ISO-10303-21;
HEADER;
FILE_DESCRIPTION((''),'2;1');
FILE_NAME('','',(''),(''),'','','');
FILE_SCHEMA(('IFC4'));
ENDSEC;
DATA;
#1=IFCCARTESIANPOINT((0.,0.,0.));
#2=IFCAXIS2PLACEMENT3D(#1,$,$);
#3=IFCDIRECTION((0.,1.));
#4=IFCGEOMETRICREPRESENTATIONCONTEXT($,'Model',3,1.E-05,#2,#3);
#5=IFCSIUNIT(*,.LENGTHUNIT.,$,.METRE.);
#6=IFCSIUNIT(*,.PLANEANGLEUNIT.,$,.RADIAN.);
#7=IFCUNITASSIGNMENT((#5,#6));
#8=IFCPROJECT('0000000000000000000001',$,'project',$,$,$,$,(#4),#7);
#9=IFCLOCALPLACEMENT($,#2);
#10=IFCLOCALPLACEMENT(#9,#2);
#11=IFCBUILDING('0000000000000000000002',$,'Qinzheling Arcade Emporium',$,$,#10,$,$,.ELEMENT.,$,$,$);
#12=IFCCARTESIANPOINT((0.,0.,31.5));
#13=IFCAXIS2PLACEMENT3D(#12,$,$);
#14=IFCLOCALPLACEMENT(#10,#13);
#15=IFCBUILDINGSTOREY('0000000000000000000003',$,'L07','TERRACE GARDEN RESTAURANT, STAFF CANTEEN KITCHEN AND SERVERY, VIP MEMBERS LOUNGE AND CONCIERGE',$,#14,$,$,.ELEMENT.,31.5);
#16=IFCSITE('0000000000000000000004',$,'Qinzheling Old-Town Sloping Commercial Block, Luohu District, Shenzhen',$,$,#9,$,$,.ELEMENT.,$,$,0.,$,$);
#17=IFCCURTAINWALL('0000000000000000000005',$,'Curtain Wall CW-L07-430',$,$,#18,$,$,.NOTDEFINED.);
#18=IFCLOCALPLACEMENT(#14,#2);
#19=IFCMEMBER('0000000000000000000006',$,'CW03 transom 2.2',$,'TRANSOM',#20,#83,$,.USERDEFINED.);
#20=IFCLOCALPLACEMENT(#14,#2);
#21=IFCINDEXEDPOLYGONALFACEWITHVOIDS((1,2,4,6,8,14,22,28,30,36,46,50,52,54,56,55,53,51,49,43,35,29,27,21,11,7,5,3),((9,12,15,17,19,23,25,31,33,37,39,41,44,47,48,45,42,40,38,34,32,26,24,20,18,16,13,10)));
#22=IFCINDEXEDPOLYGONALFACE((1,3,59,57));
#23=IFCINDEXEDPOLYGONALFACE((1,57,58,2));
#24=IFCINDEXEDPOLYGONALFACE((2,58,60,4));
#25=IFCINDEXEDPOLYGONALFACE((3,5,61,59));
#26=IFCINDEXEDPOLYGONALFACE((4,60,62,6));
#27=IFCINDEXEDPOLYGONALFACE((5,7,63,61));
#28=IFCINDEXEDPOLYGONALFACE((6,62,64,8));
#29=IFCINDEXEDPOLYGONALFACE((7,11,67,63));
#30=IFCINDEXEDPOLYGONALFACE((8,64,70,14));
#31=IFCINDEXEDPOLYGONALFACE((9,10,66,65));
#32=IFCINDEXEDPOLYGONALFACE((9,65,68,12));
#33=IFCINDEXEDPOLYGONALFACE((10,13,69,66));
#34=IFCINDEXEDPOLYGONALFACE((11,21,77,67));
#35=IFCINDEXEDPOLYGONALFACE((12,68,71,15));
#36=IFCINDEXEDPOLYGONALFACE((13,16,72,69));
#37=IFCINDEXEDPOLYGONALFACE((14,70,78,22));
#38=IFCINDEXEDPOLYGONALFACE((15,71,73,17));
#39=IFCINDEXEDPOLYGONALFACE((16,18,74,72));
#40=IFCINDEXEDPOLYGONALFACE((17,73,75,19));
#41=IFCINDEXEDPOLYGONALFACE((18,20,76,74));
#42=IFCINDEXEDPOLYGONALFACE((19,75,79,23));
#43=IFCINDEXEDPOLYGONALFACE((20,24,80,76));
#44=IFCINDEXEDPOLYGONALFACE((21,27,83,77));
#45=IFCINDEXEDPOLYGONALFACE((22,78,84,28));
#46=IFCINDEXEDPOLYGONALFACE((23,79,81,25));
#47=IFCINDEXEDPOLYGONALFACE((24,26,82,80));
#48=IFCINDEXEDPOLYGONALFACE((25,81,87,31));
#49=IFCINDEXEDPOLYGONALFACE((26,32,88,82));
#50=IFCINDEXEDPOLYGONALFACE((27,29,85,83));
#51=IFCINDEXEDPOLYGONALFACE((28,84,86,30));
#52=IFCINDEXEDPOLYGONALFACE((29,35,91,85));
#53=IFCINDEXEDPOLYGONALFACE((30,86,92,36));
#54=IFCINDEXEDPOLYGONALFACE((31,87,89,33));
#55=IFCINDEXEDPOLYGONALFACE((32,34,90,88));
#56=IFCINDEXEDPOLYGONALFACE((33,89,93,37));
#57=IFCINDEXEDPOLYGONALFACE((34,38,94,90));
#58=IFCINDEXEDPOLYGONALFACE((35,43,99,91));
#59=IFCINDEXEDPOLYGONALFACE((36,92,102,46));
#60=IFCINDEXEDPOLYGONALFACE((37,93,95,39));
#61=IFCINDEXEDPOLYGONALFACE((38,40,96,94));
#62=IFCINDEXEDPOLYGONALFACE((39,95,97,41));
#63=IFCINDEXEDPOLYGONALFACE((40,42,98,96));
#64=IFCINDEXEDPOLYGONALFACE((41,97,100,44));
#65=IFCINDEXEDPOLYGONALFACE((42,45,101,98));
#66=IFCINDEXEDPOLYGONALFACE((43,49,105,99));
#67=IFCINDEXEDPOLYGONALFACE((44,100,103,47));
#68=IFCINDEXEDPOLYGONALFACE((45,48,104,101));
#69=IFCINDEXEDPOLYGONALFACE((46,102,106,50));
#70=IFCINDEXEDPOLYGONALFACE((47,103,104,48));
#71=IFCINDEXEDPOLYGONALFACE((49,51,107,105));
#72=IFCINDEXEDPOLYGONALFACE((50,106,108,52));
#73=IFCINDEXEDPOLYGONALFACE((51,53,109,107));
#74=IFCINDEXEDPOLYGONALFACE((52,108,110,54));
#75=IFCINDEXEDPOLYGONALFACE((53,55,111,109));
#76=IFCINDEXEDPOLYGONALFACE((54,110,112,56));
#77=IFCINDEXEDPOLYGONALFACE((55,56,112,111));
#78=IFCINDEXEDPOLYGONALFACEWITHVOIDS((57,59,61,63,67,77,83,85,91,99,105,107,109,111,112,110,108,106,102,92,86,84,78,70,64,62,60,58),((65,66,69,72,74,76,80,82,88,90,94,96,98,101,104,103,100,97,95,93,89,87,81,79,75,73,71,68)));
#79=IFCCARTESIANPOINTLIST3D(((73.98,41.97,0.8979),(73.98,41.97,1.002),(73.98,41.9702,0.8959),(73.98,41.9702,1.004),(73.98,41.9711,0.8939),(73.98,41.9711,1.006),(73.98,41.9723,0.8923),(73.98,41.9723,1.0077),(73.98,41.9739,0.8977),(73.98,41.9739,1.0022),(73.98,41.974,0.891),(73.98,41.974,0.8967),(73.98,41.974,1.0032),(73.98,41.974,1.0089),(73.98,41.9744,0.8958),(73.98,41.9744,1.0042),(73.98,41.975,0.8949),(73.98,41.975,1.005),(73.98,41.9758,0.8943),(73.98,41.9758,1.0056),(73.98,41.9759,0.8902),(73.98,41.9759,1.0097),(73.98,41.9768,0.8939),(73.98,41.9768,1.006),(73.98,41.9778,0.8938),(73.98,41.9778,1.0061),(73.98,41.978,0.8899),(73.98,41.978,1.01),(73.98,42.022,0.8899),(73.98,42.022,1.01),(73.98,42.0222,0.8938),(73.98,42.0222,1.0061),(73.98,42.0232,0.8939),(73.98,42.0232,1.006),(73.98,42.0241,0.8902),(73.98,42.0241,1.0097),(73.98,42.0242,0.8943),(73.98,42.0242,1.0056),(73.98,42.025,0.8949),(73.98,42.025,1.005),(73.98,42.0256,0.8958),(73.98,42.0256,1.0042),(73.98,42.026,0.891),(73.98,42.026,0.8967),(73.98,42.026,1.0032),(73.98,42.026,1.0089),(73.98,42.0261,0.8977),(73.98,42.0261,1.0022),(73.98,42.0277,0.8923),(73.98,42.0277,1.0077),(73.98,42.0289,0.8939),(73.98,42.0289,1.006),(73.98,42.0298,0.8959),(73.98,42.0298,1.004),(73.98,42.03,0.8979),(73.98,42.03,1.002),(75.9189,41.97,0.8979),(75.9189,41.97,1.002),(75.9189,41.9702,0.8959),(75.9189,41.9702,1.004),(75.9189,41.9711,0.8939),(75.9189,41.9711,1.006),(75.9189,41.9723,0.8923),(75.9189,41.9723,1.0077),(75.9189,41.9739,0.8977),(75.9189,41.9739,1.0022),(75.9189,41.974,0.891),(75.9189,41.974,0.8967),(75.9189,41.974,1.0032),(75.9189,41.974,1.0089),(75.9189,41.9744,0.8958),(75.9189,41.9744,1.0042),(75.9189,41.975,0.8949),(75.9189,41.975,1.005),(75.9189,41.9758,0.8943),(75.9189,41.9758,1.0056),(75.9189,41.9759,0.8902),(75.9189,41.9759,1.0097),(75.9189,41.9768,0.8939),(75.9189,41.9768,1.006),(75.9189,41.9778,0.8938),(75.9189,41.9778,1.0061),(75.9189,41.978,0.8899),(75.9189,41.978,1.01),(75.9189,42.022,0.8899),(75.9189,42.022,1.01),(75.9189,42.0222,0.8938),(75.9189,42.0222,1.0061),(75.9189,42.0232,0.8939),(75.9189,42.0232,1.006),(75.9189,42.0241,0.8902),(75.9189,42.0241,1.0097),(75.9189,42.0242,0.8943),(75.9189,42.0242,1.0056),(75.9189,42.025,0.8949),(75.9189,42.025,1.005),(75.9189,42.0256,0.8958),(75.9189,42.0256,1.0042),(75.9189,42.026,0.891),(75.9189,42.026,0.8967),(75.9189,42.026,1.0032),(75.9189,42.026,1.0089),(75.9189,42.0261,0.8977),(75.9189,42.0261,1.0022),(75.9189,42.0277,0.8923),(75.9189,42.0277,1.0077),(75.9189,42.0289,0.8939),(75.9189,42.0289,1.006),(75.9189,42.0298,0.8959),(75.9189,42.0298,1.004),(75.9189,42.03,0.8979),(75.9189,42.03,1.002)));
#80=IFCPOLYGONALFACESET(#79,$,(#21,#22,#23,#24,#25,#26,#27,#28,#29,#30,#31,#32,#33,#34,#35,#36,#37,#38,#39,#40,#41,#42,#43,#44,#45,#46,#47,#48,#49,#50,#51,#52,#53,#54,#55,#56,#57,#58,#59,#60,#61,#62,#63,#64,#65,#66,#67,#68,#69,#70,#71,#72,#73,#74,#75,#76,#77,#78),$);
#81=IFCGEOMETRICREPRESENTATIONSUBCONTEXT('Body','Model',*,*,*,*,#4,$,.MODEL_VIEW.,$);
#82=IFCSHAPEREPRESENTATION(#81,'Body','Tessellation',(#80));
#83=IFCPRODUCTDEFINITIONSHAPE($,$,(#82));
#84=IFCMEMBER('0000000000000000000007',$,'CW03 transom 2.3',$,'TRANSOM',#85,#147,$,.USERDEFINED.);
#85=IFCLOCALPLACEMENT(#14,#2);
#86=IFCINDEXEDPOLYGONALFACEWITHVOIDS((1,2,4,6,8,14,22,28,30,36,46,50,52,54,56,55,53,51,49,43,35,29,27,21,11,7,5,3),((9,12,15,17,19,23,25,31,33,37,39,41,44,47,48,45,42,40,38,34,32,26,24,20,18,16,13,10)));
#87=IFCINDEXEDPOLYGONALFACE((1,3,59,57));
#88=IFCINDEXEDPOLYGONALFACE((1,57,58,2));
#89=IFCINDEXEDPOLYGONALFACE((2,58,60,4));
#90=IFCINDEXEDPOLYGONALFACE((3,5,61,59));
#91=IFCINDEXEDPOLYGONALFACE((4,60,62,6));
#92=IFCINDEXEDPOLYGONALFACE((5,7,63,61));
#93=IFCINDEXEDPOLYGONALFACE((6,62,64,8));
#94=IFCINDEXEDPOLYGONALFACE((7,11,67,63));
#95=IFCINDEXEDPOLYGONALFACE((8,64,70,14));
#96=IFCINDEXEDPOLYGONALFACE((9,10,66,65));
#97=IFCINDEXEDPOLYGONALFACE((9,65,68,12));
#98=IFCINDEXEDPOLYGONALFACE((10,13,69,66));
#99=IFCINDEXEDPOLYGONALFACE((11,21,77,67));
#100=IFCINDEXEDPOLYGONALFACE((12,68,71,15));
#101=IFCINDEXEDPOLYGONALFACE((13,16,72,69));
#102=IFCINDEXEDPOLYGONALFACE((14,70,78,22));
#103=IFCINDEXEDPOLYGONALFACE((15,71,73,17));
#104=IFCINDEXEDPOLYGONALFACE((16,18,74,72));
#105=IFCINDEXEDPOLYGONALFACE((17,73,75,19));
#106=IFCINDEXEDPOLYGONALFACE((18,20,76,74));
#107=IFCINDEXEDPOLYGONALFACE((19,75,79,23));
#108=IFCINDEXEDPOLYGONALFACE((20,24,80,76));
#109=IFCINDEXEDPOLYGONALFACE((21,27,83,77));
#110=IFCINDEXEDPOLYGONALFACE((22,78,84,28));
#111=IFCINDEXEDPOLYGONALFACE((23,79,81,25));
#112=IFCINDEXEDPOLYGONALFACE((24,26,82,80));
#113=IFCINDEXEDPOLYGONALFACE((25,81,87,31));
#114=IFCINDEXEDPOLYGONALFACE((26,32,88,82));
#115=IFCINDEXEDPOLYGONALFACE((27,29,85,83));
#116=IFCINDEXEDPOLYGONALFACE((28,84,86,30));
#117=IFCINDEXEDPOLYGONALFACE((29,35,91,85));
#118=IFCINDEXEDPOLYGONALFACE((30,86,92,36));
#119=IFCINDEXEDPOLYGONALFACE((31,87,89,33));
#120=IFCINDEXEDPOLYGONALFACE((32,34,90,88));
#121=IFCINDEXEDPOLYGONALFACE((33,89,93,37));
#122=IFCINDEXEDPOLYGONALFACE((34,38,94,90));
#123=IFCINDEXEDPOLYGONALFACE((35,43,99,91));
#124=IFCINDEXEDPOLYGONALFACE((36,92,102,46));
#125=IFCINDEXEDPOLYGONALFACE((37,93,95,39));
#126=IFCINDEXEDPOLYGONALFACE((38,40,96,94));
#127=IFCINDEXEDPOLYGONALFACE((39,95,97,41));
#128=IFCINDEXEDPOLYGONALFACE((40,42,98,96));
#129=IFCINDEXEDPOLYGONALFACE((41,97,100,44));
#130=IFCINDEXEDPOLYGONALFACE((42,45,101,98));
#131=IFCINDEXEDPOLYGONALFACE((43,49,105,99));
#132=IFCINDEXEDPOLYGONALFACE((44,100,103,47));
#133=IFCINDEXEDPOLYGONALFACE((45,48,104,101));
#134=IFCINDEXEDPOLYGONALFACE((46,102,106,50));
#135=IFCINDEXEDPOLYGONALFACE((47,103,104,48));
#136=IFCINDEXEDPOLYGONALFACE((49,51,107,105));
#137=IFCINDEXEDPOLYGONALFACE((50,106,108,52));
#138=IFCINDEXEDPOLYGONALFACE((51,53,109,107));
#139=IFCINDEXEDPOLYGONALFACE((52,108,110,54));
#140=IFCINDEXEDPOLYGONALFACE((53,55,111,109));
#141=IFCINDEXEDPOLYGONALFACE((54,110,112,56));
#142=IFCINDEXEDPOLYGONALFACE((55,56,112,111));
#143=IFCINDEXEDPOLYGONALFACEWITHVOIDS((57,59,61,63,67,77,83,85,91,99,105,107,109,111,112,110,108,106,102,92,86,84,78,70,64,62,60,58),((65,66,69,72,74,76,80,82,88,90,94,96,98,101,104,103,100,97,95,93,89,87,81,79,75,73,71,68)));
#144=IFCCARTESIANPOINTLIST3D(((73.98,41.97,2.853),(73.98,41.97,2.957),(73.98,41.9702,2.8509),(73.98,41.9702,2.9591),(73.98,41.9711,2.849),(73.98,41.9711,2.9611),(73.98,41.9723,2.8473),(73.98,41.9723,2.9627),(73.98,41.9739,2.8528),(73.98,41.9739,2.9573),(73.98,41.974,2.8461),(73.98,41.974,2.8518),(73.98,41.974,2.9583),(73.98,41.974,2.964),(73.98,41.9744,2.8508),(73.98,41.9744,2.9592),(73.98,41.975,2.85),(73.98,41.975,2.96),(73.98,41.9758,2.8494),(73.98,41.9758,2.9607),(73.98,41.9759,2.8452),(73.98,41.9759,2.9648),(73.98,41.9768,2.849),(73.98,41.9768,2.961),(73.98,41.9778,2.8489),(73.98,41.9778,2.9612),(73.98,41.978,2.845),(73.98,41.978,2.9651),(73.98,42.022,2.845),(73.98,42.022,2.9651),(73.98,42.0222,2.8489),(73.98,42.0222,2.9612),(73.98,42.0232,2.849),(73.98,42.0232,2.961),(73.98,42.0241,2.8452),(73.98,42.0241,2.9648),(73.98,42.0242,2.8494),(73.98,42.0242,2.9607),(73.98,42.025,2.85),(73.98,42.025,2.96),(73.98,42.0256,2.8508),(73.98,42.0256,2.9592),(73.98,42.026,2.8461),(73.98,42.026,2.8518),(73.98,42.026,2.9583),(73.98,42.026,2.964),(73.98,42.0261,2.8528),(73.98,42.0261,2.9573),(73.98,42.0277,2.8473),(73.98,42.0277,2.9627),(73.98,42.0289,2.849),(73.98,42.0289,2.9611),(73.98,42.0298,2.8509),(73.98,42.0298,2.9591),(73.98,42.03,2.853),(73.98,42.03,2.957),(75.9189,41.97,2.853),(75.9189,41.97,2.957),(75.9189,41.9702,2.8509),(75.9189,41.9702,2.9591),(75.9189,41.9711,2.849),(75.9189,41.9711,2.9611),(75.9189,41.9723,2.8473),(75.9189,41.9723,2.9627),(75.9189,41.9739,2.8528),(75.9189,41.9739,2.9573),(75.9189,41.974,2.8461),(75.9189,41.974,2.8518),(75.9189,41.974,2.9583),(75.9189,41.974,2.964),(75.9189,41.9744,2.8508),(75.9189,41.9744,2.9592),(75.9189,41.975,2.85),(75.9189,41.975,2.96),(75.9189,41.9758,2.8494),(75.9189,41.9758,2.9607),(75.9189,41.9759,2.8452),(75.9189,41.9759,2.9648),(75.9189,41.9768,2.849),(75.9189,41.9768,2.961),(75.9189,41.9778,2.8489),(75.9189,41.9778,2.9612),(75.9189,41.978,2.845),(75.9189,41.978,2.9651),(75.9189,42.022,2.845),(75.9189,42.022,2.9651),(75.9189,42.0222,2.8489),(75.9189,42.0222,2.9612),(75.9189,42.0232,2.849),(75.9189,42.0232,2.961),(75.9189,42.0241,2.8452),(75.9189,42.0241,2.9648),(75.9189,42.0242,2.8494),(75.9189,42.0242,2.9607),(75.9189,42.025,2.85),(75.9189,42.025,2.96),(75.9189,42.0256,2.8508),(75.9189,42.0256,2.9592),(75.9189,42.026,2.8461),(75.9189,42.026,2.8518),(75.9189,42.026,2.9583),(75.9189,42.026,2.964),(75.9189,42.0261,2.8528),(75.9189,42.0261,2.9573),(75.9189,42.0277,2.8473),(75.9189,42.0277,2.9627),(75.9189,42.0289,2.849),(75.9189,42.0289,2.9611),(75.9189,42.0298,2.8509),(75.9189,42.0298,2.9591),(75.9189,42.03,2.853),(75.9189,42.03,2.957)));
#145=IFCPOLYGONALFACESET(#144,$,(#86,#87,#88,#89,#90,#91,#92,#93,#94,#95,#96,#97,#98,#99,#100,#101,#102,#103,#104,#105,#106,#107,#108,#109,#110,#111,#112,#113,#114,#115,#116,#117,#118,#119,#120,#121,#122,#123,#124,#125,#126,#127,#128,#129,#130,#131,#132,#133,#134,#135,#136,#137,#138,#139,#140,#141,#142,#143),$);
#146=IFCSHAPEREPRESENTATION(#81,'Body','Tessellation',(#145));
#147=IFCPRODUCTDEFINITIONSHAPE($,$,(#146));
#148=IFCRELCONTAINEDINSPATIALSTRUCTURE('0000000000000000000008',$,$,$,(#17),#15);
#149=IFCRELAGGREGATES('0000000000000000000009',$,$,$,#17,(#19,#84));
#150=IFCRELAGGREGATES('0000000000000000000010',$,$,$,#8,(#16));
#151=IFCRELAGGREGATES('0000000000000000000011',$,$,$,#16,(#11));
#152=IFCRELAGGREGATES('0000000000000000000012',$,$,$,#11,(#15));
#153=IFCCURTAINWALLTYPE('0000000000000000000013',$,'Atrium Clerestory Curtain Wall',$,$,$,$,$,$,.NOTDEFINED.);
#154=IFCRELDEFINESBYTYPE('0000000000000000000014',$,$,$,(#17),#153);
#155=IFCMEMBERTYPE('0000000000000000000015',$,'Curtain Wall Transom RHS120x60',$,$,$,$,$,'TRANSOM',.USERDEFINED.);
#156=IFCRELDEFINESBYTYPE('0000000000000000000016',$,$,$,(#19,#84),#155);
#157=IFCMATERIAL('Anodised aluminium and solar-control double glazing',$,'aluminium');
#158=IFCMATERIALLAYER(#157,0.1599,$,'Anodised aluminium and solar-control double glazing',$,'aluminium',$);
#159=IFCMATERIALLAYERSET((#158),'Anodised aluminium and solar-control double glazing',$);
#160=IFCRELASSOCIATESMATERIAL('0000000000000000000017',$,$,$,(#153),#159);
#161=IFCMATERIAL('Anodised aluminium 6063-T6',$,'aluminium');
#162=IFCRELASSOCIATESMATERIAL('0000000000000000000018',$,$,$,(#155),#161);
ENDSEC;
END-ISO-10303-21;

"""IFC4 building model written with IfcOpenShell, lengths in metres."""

from ifc_helpers import new_model, si_unit, direction, frame, origin, origin_2d, place, context, subcontext, project, spatial, hollow_rectangle, extrude, material, layer, layer_set, material_profile, profile_set, type_object, element, aggregate, save


model = new_model("IFC4")

# Units and contexts
model_context = context("Model", 3, precision=1e-05, world=origin(), true_north=direction((0.0, 1.0)))
body_context = subcontext(model_context, "Body", "Model", "MODEL_VIEW")
ifc_project = project(units=[si_unit("LENGTHUNIT", "METRE"), si_unit("PLANEANGLEUNIT", "RADIAN")], contexts=[model_context])

# Site, building, storey
site_placement = place(None, origin())
site = spatial("IfcSite", under=ifc_project, at=site_placement, Name="Qinzheling Old-Town Sloping Commercial Block, Luohu District, Shenzhen", CompositionType="ELEMENT", RefElevation=0.0)
building_placement = place(site_placement, origin())
building = spatial("IfcBuilding", under=site, at=building_placement, Name="Qinzheling Arcade Emporium", CompositionType="ELEMENT")
storey_placement = place(building_placement, frame((0.0, 0.0, 31.5)))
storey = spatial("IfcBuildingStorey", under=building, at=storey_placement, Name="L07", Description="TERRACE GARDEN RESTAURANT, STAFF CANTEEN KITCHEN AND SERVERY, VIP MEMBERS LOUNGE AND CONCIERGE", CompositionType="ELEMENT", Elevation=31.5)

# Curtain wall, members
ifc_material_1 = material(Name="Anodised aluminium and solar-control double glazing", Category="aluminium")
ifc_layer_1 = layer(ifc_material_1, 0.1599, Name="Anodised aluminium and solar-control double glazing", Category="aluminium")
ifc_layer_set_1 = layer_set([ifc_layer_1], Name="Anodised aluminium and solar-control double glazing")
curtain_wall_type = type_object("IfcCurtainWallType", Name="Atrium Clerestory Curtain Wall", PredefinedType="NOTDEFINED", material=ifc_layer_set_1)
curtain_wall_placement = place(storey_placement, origin())
curtain_wall = element("IfcCurtainWall", 1, at=curtain_wall_placement, inside=storey, type_object=curtain_wall_type, Name="Curtain Wall CW-L07-430", PredefinedType="NOTDEFINED")
ifc_material_2 = material(Name="Anodised aluminium 6063-T6", Category="aluminium")
ifc_material_profile_1 = material_profile(ifc_material_2, hollow_rectangle(XDim=0.0601, YDim=0.1201, WallThickness=0.0039, InnerFilletRadius=0.0039, OuterFilletRadius=0.0081, at=origin_2d()), Name="RHS 120x60x4", Category="aluminium")
ifc_profile_set_1 = profile_set([ifc_material_profile_1], Name="Anodised aluminium 6063-T6")
member_type_1 = type_object("IfcMemberType", Name="Curtain Wall Transom RHS120x60", ElementType="TRANSOM", PredefinedType="USERDEFINED", material=ifc_profile_set_1)
member_1_placement = place(storey_placement, frame((75.9189, 42.0, 0.95), z_axis=(-1.0, 0.0, 0.0), x_axis=(0.0, -1.0, 0.0)))
member_1 = element("IfcMember", 2, at=member_1_placement, type_object=member_type_1, Name="CW03 transom 2.2", ObjectType="TRANSOM", PredefinedType="USERDEFINED", context=body_context, shape_type="SweptSolid", body=[
    extrude(hollow_rectangle(XDim=0.0601, YDim=0.1201, WallThickness=0.0039, InnerFilletRadius=0.0039, OuterFilletRadius=0.0081, at=origin_2d()), origin(), (0.0, 0.0, 1.0), 1.939),
])
member_2_placement = place(storey_placement, frame((75.9189, 42.0, 2.905), z_axis=(-1.0, 0.0, 0.0), x_axis=(0.0, -1.0, 0.0)))
member_2 = element("IfcMember", 3, at=member_2_placement, type_object=member_type_1, Name="CW03 transom 2.3", ObjectType="TRANSOM", PredefinedType="USERDEFINED", context=body_context, shape_type="SweptSolid", body=[
    extrude(hollow_rectangle(XDim=0.0601, YDim=0.1201, WallThickness=0.0039, InnerFilletRadius=0.0039, OuterFilletRadius=0.0081, at=origin_2d()), origin(), (0.0, 0.0, 1.0), 1.939),
])

aggregate(curtain_wall, [member_1, member_2])

save(model, "model.ifc")
